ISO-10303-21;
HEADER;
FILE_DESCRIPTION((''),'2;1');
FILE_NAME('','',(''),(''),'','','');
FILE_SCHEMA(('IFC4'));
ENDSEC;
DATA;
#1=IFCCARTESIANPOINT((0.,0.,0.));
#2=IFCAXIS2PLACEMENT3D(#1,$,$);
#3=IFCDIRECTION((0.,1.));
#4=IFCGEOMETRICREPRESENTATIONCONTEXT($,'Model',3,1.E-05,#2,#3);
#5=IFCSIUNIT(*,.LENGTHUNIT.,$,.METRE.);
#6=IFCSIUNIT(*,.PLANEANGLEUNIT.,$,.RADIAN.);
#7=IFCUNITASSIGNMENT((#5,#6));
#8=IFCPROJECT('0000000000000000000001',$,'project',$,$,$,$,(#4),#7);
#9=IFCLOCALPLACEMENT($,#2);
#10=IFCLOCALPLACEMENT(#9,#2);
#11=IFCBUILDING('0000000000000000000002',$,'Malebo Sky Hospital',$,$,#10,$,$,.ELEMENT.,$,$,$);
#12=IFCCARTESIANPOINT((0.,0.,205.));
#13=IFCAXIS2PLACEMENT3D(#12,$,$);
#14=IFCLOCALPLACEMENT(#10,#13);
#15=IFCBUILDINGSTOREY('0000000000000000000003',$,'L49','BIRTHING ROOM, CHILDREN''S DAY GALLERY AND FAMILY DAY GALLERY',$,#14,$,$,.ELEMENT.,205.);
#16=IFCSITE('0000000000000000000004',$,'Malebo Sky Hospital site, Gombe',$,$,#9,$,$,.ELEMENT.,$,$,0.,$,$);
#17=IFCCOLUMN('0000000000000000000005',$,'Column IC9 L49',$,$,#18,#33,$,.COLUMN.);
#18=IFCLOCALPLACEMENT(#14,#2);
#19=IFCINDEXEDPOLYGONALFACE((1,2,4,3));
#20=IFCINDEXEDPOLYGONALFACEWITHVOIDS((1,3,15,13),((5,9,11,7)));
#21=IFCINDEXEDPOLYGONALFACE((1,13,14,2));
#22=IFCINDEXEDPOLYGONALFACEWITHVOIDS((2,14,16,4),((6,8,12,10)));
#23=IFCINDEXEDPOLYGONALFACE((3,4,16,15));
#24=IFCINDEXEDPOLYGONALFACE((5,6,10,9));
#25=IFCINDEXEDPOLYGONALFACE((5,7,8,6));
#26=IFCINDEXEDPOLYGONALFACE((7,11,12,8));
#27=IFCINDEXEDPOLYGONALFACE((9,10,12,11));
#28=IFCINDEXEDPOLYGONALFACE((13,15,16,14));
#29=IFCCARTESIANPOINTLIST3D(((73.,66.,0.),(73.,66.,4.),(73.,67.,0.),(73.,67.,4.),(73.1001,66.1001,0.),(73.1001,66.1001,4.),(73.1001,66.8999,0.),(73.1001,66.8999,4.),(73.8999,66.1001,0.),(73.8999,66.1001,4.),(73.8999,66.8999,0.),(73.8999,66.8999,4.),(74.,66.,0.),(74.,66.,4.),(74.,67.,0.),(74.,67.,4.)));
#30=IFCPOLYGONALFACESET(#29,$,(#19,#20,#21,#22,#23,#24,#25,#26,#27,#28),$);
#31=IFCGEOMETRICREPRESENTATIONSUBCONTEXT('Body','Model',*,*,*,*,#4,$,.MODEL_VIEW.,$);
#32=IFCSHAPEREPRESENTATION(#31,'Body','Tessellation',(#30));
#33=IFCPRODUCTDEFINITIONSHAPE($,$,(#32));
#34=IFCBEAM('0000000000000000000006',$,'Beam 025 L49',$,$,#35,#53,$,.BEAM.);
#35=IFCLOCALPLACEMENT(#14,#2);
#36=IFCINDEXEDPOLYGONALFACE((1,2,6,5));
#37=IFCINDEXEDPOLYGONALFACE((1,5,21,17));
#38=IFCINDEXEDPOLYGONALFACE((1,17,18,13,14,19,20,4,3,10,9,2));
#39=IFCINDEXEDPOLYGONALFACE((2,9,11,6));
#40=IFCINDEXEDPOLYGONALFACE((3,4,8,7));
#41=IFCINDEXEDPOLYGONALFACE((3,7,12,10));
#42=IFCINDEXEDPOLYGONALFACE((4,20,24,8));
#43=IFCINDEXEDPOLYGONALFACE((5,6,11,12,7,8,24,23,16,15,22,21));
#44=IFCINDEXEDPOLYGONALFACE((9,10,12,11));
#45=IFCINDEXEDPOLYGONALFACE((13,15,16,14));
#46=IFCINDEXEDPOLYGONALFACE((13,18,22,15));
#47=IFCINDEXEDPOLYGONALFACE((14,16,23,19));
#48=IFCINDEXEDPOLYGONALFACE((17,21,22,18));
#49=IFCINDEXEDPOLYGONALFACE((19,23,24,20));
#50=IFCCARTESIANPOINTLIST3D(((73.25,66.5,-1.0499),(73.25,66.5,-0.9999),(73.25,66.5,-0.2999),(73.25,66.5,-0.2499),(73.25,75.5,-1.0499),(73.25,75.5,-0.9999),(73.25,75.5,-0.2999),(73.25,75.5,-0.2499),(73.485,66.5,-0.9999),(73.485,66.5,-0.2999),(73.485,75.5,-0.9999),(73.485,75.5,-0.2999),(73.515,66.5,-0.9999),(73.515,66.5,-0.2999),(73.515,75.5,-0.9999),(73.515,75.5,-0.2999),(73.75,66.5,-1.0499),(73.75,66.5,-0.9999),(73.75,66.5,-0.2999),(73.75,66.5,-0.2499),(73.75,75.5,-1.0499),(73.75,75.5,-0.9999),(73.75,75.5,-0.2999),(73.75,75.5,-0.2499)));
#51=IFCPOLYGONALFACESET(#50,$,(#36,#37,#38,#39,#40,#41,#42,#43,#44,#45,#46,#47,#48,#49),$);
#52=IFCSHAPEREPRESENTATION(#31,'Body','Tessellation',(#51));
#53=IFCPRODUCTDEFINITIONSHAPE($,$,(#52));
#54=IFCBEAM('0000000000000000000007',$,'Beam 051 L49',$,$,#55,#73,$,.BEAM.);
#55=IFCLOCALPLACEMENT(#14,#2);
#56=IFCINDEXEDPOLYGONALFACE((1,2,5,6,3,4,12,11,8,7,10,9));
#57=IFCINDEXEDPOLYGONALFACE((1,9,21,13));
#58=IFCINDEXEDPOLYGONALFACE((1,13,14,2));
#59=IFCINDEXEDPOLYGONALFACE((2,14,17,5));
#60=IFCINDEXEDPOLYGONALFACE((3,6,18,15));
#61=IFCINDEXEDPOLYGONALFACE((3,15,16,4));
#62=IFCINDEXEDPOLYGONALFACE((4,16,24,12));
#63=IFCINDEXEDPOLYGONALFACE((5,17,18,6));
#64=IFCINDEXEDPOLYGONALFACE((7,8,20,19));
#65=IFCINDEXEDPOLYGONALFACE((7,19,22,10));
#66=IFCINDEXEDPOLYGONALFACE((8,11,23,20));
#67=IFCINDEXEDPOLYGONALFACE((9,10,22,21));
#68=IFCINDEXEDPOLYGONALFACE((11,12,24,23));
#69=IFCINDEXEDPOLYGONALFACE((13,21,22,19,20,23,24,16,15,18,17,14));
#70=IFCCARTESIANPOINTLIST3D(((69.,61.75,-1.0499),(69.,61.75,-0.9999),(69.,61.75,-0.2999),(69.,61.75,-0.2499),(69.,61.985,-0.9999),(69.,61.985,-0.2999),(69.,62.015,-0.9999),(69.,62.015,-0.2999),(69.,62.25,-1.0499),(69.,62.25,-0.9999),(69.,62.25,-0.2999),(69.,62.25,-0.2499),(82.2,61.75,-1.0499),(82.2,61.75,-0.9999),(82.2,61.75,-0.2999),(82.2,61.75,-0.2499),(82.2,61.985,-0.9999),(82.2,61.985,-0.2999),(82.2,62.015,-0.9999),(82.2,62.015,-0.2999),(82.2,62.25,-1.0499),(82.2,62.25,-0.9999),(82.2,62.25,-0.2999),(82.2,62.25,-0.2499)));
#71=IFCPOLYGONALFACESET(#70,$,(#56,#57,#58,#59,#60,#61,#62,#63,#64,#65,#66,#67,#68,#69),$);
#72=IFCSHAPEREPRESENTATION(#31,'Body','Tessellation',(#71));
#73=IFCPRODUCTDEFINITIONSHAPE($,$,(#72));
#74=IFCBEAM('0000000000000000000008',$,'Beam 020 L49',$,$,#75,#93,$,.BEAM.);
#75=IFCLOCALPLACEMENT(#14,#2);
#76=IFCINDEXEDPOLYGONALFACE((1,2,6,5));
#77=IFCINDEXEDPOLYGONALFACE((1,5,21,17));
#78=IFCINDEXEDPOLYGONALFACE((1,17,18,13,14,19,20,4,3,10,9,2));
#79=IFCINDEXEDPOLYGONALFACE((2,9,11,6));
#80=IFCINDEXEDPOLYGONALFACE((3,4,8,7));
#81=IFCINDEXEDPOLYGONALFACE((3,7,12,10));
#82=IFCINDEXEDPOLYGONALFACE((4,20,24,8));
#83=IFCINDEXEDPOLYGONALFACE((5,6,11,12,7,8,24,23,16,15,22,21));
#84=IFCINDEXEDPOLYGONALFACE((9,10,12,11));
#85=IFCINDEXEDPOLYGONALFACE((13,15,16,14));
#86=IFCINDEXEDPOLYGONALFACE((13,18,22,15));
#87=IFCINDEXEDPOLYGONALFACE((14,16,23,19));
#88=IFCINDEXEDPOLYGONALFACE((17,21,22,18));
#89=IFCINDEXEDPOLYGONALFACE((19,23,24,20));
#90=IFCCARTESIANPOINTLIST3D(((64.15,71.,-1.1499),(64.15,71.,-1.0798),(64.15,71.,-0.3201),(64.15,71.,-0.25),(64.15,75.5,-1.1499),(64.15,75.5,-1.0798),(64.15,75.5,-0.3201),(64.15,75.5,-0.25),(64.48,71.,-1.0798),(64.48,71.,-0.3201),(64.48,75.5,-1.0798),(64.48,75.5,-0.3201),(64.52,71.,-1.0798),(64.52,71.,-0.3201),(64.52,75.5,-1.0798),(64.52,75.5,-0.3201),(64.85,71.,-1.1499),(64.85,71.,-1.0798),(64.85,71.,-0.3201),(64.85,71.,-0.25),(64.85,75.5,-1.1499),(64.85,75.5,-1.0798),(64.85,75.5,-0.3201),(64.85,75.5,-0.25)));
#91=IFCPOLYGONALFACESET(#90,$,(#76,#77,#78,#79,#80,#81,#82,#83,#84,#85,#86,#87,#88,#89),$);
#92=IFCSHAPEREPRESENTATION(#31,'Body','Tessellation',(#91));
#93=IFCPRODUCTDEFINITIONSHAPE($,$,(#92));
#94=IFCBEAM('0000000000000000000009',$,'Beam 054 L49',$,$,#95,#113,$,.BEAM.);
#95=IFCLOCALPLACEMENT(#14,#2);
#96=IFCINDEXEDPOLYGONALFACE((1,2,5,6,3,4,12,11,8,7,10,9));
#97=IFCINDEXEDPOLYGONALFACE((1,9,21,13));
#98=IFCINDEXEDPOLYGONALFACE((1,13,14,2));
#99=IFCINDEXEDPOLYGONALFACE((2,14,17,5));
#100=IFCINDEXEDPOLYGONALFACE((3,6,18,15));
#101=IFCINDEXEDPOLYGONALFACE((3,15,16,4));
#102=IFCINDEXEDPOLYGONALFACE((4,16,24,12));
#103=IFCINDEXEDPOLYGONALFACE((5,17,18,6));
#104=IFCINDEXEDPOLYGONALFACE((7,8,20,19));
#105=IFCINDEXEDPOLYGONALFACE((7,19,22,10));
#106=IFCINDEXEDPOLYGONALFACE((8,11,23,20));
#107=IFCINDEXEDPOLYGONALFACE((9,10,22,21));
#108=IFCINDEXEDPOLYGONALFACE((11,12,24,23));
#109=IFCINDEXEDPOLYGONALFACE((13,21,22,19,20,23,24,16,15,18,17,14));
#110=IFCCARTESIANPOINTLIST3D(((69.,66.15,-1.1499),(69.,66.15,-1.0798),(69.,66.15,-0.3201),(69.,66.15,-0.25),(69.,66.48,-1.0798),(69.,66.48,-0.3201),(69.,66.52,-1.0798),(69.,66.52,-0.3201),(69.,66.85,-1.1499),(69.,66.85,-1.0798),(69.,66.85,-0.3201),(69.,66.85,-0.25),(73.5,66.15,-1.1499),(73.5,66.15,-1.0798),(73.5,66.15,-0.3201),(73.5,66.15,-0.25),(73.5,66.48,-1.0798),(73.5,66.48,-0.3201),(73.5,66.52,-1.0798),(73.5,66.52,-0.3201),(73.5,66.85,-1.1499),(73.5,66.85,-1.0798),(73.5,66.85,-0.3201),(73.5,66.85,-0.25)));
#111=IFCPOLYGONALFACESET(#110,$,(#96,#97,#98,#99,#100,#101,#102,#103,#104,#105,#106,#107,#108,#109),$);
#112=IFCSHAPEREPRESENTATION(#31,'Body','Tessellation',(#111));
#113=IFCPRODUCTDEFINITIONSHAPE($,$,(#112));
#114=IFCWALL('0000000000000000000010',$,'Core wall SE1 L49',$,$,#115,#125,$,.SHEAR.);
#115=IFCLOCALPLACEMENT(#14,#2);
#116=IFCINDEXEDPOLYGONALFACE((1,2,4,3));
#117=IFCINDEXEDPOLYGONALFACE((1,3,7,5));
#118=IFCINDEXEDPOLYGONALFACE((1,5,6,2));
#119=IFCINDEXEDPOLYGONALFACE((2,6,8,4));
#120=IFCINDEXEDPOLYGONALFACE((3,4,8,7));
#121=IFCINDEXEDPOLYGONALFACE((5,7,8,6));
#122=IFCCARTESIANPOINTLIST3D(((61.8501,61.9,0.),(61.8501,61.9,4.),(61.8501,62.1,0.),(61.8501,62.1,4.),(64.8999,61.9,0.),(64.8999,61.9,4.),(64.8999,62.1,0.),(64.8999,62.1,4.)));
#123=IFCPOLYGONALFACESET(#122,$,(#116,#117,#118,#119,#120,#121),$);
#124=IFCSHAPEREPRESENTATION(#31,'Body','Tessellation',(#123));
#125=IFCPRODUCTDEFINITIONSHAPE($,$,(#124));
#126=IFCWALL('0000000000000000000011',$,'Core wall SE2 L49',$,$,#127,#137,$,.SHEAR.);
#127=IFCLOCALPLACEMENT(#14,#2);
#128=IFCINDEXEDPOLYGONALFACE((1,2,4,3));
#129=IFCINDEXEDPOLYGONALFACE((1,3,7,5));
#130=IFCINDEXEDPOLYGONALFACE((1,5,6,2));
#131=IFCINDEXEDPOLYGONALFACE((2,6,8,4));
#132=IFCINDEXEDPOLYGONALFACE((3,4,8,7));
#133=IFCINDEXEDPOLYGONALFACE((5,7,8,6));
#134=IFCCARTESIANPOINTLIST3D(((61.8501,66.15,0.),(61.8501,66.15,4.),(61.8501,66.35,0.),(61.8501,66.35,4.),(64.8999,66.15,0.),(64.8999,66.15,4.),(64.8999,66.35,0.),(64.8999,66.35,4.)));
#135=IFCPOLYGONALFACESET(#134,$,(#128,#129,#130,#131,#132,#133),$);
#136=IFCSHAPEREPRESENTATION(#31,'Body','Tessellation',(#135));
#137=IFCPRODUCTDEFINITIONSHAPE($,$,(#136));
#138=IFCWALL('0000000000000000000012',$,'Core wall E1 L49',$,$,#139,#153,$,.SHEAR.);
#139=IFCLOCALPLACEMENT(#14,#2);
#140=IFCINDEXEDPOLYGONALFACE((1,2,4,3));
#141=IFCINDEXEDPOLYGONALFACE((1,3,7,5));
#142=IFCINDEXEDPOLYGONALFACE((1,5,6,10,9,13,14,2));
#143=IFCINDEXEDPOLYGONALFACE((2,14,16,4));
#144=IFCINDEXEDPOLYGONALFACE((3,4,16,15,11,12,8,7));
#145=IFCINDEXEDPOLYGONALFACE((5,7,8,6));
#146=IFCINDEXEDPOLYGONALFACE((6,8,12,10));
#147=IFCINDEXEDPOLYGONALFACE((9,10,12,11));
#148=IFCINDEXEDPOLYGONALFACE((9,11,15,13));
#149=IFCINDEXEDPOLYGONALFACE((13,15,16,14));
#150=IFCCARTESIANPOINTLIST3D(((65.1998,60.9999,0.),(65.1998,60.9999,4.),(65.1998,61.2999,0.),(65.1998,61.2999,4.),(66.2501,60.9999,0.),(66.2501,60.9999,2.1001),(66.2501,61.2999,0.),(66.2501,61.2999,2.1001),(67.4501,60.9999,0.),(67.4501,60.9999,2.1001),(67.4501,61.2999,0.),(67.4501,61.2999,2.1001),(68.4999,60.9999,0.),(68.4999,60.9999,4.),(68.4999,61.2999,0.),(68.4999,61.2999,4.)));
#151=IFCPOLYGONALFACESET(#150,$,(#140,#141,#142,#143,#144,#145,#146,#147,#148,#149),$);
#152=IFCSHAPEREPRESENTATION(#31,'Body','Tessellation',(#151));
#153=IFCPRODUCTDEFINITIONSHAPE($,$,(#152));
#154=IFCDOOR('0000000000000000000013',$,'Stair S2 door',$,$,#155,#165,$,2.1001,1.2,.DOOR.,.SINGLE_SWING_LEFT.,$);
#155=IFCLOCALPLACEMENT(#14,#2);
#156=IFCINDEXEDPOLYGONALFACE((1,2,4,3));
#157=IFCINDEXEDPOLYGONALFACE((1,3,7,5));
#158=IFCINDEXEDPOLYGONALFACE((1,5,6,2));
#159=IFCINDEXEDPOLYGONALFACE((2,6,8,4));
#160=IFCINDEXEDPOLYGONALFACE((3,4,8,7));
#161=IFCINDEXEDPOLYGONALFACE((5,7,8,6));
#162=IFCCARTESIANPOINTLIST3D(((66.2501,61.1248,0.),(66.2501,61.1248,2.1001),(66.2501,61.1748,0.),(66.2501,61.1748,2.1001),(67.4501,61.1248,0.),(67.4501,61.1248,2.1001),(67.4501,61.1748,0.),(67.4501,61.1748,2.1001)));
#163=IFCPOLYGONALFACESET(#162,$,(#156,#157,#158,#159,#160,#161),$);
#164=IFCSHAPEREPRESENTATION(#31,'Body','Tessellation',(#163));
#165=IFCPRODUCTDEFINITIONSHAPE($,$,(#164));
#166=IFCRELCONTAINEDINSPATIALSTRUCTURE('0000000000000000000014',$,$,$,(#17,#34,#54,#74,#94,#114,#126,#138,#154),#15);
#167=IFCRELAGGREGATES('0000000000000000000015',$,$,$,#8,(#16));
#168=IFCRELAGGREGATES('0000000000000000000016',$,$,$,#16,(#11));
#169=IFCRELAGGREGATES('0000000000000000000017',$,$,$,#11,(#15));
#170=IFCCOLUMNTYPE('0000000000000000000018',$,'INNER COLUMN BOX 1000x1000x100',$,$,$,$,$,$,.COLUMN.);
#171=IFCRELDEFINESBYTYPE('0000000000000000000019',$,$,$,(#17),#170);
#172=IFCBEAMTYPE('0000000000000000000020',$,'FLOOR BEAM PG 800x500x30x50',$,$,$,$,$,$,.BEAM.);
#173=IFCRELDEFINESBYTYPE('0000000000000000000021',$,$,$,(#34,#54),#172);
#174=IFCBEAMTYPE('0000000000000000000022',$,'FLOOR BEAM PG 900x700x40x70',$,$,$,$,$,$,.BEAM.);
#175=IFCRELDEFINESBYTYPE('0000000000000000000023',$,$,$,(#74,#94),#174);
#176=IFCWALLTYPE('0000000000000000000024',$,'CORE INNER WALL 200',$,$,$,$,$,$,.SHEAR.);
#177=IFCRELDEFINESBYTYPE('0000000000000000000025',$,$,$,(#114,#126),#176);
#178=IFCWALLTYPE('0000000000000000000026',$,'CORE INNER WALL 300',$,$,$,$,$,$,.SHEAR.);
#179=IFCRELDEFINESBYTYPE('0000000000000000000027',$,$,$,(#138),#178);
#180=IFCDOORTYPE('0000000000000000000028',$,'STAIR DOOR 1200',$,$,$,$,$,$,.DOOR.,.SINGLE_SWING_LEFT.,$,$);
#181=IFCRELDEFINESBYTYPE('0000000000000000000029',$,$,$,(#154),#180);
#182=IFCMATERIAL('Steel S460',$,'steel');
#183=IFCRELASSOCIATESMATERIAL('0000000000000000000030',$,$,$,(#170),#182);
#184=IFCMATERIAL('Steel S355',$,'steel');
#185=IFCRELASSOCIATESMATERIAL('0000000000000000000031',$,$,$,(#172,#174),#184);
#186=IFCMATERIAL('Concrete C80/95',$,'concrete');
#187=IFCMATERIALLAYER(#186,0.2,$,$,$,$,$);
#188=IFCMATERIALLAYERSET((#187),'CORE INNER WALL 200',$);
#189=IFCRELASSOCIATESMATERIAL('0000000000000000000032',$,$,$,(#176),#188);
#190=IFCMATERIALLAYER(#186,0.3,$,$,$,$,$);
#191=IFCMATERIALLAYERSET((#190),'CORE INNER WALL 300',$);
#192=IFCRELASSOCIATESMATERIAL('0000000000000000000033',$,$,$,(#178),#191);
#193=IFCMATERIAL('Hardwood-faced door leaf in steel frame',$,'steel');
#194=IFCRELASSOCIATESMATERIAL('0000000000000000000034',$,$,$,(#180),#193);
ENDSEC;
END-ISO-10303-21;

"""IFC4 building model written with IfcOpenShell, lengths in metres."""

from ifc_helpers import new_model, si_unit, direction, frame, frame_2d, origin, origin_2d, place, context, subcontext, project, spatial, rectangle, hollow_rectangle, i_section, extrude, material, layer, layer_set, material_profile, profile_set, type_object, element, fill, save


model = new_model("IFC4")

# Units and contexts
model_context = context("Model", 3, precision=1e-05, world=origin(), true_north=direction((0.0, 1.0)))
body_context = subcontext(model_context, "Body", "Model", "MODEL_VIEW")
ifc_project = project(units=[si_unit("LENGTHUNIT", "METRE"), si_unit("PLANEANGLEUNIT", "RADIAN")], contexts=[model_context])

# Site, building, storey
site_placement = place(None, origin())
site = spatial("IfcSite", under=ifc_project, at=site_placement, Name="Malebo Sky Hospital site, Gombe", CompositionType="ELEMENT", RefElevation=0.0)
building_placement = place(site_placement, origin())
building = spatial("IfcBuilding", under=site, at=building_placement, Name="Malebo Sky Hospital", CompositionType="ELEMENT")
storey_placement = place(building_placement, frame((0.0, 0.0, 205.0)))
storey = spatial("IfcBuildingStorey", under=building, at=storey_placement, Name="L49", Description="BIRTHING ROOM, CHILDREN'S DAY GALLERY AND FAMILY DAY GALLERY", CompositionType="ELEMENT", Elevation=205.0)

# Column
ifc_material_1 = material(Name="Steel S460", Category="steel")
ifc_material_profile_1 = material_profile(ifc_material_1, hollow_rectangle(XDim=1.0, YDim=1.0, WallThickness=0.1001, at=origin_2d()), Name="BOX 1000x1000x100")
ifc_profile_set_1 = profile_set([ifc_material_profile_1], Name="Steel S460")
column_type = type_object("IfcColumnType", Name="INNER COLUMN BOX 1000x1000x100", PredefinedType="COLUMN", material=ifc_profile_set_1)
column_placement = place(storey_placement, frame((73.5, 66.5, 0.0), z_axis=(0.0, 0.0, 1.0), x_axis=(1.0, 0.0, 0.0)))
element("IfcColumn", 1, at=column_placement, inside=storey, type_object=column_type, Name="Column IC9 L49", PredefinedType="COLUMN", context=body_context, shape_type="SweptSolid", body=[
    extrude(hollow_rectangle(XDim=1.0, YDim=1.0, WallThickness=0.1001, at=origin_2d()), origin(), (0.0, 0.0, 1.0), 4.0),
])

# Beams
ifc_material_2 = material(Name="Steel S355", Category="steel")
ifc_material_profile_2 = material_profile(ifc_material_2, i_section(OverallWidth=0.5, OverallDepth=0.8, WebThickness=0.03, FlangeThickness=0.05, at=origin_2d()), Name="PG 800x500x30x50")
ifc_profile_set_2 = profile_set([ifc_material_profile_2], Name="Steel S355")
beam_type_1 = type_object("IfcBeamType", Name="FLOOR BEAM PG 800x500x30x50", PredefinedType="BEAM", material=ifc_profile_set_2)
beam_1_placement = place(storey_placement, frame((73.5, 66.5, -0.6499), z_axis=(0.0, 1.0, 0.0), x_axis=(-1.0, 0.0, 0.0)))
element("IfcBeam", 2, at=beam_1_placement, inside=storey, type_object=beam_type_1, Name="Beam 025 L49", PredefinedType="BEAM", context=body_context, shape_type="SweptSolid", body=[
    extrude(i_section(OverallWidth=0.5, OverallDepth=0.8, WebThickness=0.03, FlangeThickness=0.05, at=origin_2d()), origin(), (0.0, 0.0, 1.0), 9.0),
])
beam_2_placement = place(storey_placement, frame((69.0, 62.0, -0.6499), z_axis=(1.0, 0.0, 0.0), x_axis=(0.0, 1.0, 0.0)))
element("IfcBeam", 3, at=beam_2_placement, inside=storey, type_object=beam_type_1, Name="Beam 051 L49", PredefinedType="BEAM", context=body_context, shape_type="SweptSolid", body=[
    extrude(i_section(OverallWidth=0.5, OverallDepth=0.8, WebThickness=0.03, FlangeThickness=0.05, at=origin_2d()), origin(), (0.0, 0.0, 1.0), 13.2),
])
ifc_material_profile_3 = material_profile(ifc_material_2, i_section(OverallWidth=0.7, OverallDepth=0.8999, WebThickness=0.04, FlangeThickness=0.0701, at=origin_2d()), Name="PG 900x700x40x70")
ifc_profile_set_3 = profile_set([ifc_material_profile_3], Name="Steel S355")
beam_type_2 = type_object("IfcBeamType", Name="FLOOR BEAM PG 900x700x40x70", PredefinedType="BEAM", material=ifc_profile_set_3)
for number, where, z_axis, x_axis, name in (
    (4, (64.5, 71.0, -0.7), (0.0, 1.0, 0.0), (-1.0, 0.0, 0.0), "Beam 020 L49"),
    (5, (69.0, 66.5, -0.7), (1.0, 0.0, 0.0), (0.0, 1.0, 0.0), "Beam 054 L49"),
):
    element("IfcBeam", number, at=place(storey_placement, frame(where, z_axis=z_axis, x_axis=x_axis)), inside=storey, type_object=beam_type_2, Name=name, PredefinedType="BEAM", context=body_context, shape_type="SweptSolid", body=[
        extrude(i_section(OverallWidth=0.7, OverallDepth=0.8999, WebThickness=0.04, FlangeThickness=0.0701, at=origin_2d()), origin(), (0.0, 0.0, 1.0), 4.5),
    ])

# Walls
ifc_material_3 = material(Name="Concrete C80/95", Category="concrete")
ifc_layer_1 = layer(ifc_material_3, 0.2)
ifc_layer_set_1 = layer_set([ifc_layer_1], Name="CORE INNER WALL 200")
wall_type_1 = type_object("IfcWallType", Name="CORE INNER WALL 200", PredefinedType="SHEAR", material=ifc_layer_set_1)
for number, where, z_axis, x_axis, name in (
    (6, (61.8501, 62.0, 0.0), (0.0, 0.0, 1.0), (1.0, 0.0, 0.0), "Core wall SE1 L49"),
    (7, (61.8501, 66.25, 0.0), (0.0, 0.0, 1.0), (1.0, 0.0, 0.0), "Core wall SE2 L49"),
):
    element("IfcWall", number, at=place(storey_placement, frame(where, z_axis=z_axis, x_axis=x_axis)), inside=storey, type_object=wall_type_1, Name=name, PredefinedType="SHEAR", context=body_context, shape_type="SweptSolid", body=[
        extrude(rectangle(XDim=3.0498, YDim=0.2, at=frame_2d((1.5249, 0.0))), origin(), (0.0, 0.0, 1.0), 4.0),
    ])

# Wall, opening, door
ifc_layer_2 = layer(ifc_material_3, 0.3)
ifc_layer_set_2 = layer_set([ifc_layer_2], Name="CORE INNER WALL 300")
wall_type_2 = type_object("IfcWallType", Name="CORE INNER WALL 300", PredefinedType="SHEAR", material=ifc_layer_set_2)
wall_1_placement = place(storey_placement, frame((65.2, 61.1499, 0.0), z_axis=(0.0, 0.0, 1.0), x_axis=(1.0, 0.0, 0.0)))
wall_1 = element("IfcWall", 8, at=wall_1_placement, inside=storey, type_object=wall_type_2, Name="Core wall E1 L49", PredefinedType="SHEAR", context=body_context, shape_type="SweptSolid", body=[
    extrude(rectangle(XDim=3.3, YDim=0.3, at=frame_2d((1.6499, 0.0))), origin(), (0.0, 0.0, 1.0), 4.0),
])
opening_1_placement = place(wall_1_placement, frame((1.05, 0.0, 0.0)))
opening_1 = element("IfcOpeningElement", 9, at=opening_1_placement, cuts=wall_1, PredefinedType="OPENING", context=body_context, shape_type="SweptSolid", body=[
    extrude(rectangle(XDim=1.2, YDim=2.1001, at=frame_2d((0.6001, 1.05))), frame((0.0, 0.1599, 0.0), z_axis=(0.0, -1.0, 0.0), x_axis=(1.0, 0.0, 0.0)), (0.0, 0.0, 1.0), 0.3201),
])
ifc_material_4 = material(Name="Hardwood-faced door leaf in steel frame", Category="steel")
door_type_1 = type_object("IfcDoorType", Name="STAIR DOOR 1200", OperationType="SINGLE_SWING_LEFT", PredefinedType="DOOR", material=ifc_material_4)
door_1_placement = place(opening_1_placement, origin())
door_1 = element("IfcDoor", 10, at=door_1_placement, inside=storey, type_object=door_type_1, Name="Stair S2 door", OperationType="SINGLE_SWING_LEFT", OverallHeight=2.1001, OverallWidth=1.2, PredefinedType="DOOR", context=body_context, shape_type="SweptSolid", body=[
    extrude(rectangle(XDim=1.2, YDim=2.1001, at=frame_2d((0.6001, 1.05))), frame((0.0, 0.0249, 0.0), z_axis=(0.0, -1.0, 0.0), x_axis=(1.0, 0.0, 0.0)), (0.0, 0.0, 1.0), 0.05),
])
fill(opening_1, door_1)

save(model, "model.ifc")
